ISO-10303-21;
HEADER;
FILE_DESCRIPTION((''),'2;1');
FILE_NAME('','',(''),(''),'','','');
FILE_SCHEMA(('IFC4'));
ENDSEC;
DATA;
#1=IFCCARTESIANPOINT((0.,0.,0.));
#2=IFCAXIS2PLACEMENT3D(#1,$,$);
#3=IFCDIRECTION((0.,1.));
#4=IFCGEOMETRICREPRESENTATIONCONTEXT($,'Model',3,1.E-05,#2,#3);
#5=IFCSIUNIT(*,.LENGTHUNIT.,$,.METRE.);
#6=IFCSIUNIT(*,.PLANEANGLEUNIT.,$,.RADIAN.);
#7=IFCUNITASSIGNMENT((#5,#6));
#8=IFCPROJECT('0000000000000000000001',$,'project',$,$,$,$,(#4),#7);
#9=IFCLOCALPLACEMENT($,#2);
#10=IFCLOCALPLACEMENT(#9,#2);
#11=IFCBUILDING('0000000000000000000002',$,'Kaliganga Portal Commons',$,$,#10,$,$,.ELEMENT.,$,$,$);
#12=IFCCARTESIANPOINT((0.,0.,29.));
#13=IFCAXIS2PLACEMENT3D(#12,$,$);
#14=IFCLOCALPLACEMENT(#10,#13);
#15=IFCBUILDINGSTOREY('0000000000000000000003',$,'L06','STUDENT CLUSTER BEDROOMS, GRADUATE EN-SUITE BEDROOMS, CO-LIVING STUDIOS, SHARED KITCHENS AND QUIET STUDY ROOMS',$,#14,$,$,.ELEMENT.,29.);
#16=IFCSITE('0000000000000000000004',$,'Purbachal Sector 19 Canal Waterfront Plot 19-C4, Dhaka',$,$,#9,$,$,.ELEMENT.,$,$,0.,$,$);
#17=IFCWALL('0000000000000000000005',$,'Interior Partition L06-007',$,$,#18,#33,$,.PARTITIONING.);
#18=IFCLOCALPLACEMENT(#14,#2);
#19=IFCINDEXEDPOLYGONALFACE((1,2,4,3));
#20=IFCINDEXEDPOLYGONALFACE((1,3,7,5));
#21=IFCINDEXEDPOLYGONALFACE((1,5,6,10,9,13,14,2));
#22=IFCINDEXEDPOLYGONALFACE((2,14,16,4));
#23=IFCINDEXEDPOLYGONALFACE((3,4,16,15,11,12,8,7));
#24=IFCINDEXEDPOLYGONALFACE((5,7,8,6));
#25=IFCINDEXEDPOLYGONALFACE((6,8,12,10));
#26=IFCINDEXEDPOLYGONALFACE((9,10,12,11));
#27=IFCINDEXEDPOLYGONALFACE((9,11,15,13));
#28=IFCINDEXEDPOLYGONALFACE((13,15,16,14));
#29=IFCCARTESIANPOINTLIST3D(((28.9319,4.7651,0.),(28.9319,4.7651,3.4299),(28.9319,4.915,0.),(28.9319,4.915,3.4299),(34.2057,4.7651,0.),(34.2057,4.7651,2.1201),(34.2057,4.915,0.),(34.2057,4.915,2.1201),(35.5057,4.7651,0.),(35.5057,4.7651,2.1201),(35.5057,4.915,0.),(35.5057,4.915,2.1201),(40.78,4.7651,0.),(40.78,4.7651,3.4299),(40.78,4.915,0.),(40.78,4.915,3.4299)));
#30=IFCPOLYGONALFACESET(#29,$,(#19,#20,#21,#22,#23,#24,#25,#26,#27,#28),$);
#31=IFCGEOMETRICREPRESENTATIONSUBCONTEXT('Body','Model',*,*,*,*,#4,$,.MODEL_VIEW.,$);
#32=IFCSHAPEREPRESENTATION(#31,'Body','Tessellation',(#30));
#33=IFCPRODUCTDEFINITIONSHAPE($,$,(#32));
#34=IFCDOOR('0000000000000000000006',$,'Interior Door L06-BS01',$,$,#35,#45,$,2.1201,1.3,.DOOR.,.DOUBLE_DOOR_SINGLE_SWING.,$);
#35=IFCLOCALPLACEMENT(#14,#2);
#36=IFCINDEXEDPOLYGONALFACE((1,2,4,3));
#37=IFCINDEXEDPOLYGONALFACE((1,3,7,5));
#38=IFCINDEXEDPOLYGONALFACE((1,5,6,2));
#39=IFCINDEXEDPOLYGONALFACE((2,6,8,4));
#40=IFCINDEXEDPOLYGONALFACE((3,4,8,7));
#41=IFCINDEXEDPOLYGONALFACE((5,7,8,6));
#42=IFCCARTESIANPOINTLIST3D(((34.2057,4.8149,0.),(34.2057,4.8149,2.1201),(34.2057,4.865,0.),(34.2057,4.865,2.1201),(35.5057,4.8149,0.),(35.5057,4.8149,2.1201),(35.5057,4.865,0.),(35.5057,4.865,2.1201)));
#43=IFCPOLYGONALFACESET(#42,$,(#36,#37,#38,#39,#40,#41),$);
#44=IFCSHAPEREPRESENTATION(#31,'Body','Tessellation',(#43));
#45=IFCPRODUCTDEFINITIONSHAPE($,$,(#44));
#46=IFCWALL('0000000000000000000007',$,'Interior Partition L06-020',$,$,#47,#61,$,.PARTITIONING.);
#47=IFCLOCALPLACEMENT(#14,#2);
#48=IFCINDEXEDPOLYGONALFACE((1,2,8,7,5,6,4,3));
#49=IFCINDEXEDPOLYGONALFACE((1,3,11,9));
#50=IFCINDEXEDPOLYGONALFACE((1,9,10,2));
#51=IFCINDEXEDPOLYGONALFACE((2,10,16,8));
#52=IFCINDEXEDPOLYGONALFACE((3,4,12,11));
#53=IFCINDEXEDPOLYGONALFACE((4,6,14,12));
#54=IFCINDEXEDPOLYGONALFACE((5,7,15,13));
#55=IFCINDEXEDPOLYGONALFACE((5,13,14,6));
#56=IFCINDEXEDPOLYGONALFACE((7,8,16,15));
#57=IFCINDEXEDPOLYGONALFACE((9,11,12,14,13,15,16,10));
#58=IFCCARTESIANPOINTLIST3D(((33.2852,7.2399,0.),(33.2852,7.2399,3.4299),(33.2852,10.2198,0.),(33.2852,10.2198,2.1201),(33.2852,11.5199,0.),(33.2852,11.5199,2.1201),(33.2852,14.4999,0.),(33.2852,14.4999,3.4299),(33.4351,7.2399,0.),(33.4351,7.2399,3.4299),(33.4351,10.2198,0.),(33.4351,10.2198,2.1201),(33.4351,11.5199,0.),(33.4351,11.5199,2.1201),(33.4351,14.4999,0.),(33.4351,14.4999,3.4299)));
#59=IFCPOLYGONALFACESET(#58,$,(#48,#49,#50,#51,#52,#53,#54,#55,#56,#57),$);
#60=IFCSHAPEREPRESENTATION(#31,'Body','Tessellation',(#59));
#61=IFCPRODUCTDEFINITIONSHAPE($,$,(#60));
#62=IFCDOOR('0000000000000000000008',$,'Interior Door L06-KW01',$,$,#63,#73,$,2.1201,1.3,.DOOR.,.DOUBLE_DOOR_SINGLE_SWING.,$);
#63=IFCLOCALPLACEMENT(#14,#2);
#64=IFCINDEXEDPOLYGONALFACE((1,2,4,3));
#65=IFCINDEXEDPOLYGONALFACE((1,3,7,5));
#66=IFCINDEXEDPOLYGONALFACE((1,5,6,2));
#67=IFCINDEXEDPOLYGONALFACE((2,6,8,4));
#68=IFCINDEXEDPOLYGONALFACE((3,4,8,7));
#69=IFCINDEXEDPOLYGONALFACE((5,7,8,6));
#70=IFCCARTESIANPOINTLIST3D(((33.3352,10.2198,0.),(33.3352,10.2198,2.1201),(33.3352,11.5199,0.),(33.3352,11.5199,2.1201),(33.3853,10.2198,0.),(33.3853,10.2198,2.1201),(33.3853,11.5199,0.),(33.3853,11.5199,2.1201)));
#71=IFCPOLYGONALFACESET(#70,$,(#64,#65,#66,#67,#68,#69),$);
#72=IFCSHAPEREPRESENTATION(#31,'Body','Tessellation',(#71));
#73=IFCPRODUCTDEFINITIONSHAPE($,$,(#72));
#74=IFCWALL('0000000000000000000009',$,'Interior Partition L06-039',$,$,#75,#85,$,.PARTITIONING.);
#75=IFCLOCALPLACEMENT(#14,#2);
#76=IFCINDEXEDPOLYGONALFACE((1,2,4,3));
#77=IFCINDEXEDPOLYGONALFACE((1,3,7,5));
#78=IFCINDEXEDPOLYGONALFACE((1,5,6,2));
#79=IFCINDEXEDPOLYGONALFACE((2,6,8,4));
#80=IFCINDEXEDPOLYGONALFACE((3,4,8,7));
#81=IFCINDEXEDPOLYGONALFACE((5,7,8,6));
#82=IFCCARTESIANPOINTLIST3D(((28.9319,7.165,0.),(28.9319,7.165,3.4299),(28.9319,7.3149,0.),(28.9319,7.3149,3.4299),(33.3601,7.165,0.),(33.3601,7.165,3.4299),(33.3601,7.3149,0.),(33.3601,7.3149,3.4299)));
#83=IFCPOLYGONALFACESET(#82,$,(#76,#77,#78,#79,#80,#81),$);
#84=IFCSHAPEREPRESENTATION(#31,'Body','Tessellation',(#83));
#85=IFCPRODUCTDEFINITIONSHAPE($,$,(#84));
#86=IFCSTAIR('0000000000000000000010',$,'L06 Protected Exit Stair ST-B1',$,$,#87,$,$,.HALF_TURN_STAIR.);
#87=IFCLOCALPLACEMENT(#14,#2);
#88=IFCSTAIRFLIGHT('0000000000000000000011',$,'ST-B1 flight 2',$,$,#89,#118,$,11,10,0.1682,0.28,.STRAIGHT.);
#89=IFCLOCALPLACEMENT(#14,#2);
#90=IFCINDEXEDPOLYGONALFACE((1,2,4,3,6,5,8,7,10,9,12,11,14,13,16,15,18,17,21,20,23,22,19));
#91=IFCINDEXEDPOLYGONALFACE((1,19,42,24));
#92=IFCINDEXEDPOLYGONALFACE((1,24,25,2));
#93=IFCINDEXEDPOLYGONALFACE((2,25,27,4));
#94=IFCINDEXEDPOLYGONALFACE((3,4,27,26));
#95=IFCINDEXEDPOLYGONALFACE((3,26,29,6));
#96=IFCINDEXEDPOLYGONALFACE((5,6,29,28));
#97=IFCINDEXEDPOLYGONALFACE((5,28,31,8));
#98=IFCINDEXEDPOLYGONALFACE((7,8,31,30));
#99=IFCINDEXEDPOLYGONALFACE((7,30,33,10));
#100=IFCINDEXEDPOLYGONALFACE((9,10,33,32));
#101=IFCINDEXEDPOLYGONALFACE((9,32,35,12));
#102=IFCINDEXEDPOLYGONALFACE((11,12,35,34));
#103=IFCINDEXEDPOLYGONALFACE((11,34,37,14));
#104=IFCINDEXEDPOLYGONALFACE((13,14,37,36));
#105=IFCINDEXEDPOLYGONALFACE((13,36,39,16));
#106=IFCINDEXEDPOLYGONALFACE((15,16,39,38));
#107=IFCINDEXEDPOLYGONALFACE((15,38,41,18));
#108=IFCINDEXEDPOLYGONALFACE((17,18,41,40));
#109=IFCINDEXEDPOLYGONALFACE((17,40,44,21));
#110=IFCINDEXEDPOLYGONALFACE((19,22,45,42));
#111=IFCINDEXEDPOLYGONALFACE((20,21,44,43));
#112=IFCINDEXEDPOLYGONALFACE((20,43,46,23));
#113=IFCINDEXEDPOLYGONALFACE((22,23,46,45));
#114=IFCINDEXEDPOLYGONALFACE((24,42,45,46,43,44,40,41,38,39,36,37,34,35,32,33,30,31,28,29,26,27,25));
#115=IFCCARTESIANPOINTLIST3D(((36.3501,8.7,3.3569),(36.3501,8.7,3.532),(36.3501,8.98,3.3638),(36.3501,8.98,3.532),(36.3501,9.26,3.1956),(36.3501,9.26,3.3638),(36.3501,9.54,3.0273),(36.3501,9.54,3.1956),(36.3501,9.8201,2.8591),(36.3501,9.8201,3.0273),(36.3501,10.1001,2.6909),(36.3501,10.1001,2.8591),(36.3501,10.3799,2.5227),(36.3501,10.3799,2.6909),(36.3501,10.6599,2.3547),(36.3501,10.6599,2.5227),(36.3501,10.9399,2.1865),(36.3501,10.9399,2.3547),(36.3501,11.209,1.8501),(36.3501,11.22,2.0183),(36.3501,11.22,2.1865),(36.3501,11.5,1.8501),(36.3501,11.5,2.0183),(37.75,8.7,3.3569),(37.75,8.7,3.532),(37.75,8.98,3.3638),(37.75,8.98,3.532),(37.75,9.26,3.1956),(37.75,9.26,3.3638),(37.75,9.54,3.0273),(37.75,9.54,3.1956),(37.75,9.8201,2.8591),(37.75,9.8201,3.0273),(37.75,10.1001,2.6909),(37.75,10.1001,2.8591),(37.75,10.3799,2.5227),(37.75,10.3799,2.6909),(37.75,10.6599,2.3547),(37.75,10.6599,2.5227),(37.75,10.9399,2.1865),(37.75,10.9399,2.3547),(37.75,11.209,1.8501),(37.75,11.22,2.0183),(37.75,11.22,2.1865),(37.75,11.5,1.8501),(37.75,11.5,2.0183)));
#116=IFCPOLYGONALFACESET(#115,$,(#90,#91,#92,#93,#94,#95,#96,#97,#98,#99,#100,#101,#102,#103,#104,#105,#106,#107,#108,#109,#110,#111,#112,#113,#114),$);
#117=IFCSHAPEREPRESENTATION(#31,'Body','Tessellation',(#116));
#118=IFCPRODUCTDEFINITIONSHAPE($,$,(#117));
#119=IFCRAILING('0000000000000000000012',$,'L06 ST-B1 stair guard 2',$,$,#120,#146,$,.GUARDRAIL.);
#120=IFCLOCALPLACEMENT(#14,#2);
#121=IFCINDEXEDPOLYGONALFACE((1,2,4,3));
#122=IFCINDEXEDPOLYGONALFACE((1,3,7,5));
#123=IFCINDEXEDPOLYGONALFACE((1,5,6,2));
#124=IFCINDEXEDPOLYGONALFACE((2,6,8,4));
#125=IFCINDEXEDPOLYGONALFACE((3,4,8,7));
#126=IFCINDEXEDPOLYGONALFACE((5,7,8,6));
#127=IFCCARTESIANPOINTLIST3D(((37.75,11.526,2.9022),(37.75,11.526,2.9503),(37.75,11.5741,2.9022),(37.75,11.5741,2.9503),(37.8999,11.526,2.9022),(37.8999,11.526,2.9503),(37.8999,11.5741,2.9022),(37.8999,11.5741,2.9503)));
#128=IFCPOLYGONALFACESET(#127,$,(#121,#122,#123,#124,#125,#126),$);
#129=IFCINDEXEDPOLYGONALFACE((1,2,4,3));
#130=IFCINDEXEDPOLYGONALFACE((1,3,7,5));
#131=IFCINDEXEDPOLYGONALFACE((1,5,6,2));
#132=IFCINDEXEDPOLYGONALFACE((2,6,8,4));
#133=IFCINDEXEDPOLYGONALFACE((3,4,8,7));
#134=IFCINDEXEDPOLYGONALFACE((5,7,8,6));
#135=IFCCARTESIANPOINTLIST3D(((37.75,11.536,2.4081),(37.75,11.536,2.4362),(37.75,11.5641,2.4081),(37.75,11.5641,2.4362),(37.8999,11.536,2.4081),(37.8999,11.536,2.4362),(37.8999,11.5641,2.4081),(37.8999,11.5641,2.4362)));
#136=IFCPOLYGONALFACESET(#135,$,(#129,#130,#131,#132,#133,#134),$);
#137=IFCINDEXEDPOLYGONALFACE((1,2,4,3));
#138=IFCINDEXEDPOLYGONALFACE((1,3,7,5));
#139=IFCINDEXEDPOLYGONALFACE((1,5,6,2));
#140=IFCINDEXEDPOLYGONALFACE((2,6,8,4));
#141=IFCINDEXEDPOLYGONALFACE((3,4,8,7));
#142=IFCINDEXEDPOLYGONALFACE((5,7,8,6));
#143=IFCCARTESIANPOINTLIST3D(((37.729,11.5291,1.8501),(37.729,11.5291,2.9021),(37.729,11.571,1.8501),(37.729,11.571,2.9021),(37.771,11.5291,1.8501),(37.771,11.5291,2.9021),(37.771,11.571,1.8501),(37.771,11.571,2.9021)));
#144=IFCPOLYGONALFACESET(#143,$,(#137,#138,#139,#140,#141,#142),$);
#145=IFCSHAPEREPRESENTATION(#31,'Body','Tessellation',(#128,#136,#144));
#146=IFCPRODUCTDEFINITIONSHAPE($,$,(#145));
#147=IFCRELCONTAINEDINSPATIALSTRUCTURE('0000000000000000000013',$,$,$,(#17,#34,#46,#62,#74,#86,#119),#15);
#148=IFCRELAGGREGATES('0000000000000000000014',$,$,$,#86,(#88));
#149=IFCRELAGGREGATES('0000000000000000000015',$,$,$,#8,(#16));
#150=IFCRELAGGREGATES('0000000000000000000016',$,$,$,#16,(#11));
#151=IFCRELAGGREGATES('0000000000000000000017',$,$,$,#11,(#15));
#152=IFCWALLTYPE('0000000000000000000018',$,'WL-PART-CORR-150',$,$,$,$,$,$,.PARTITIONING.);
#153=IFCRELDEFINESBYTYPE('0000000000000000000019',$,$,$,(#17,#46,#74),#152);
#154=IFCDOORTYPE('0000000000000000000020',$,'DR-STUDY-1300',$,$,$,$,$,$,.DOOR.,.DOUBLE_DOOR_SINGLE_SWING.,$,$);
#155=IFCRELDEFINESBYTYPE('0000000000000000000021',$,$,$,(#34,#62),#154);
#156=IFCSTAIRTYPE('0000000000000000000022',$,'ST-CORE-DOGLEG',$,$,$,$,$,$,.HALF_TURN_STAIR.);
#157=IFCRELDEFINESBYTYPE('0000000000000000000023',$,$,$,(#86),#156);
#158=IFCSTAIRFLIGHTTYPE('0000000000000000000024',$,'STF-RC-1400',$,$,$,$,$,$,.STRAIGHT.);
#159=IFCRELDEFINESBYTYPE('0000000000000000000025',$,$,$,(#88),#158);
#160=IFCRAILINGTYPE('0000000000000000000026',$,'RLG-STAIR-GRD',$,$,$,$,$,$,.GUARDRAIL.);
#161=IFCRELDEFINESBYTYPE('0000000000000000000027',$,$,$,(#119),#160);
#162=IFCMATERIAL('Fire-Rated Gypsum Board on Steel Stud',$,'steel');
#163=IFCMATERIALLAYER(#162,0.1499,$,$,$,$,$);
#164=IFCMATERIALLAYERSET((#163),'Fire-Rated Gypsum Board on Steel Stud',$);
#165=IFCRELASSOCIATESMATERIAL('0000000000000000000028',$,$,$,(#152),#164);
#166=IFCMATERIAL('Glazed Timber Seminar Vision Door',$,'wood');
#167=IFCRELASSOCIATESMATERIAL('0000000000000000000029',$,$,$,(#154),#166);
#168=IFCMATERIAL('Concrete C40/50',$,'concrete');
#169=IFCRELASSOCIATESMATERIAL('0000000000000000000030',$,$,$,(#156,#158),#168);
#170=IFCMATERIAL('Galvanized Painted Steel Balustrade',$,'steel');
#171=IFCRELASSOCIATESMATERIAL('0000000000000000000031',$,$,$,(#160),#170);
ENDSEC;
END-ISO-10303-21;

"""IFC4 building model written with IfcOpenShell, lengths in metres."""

from ifc_helpers import new_model, si_unit, direction, frame, frame_2d, origin, origin_2d, place, context, subcontext, project, spatial, polyline, rectangle, outline, extrude, material, layer, layer_set, type_object, element, fill, aggregate, save


model = new_model("IFC4")

# Units and contexts
model_context = context("Model", 3, precision=1e-05, world=origin(), true_north=direction((0.0, 1.0)))
body_context = subcontext(model_context, "Body", "Model", "MODEL_VIEW")
ifc_project = project(units=[si_unit("LENGTHUNIT", "METRE"), si_unit("PLANEANGLEUNIT", "RADIAN")], contexts=[model_context])

# Site, building, storey
site_placement = place(None, origin())
site = spatial("IfcSite", under=ifc_project, at=site_placement, Name="Purbachal Sector 19 Canal Waterfront Plot 19-C4, Dhaka", CompositionType="ELEMENT", RefElevation=0.0)
building_placement = place(site_placement, origin())
building = spatial("IfcBuilding", under=site, at=building_placement, Name="Kaliganga Portal Commons", CompositionType="ELEMENT")
storey_placement = place(building_placement, frame((0.0, 0.0, 29.0)))
storey = spatial("IfcBuildingStorey", under=building, at=storey_placement, Name="L06", Description="STUDENT CLUSTER BEDROOMS, GRADUATE EN-SUITE BEDROOMS, CO-LIVING STUDIOS, SHARED KITCHENS AND QUIET STUDY ROOMS", CompositionType="ELEMENT", Elevation=29.0)

# Walls, openings, doors
ifc_material_1 = material(Name="Fire-Rated Gypsum Board on Steel Stud", Category="steel")
ifc_layer_1 = layer(ifc_material_1, 0.1499)
ifc_layer_set_1 = layer_set([ifc_layer_1], Name="Fire-Rated Gypsum Board on Steel Stud")
wall_type_1 = type_object("IfcWallType", Name="WL-PART-CORR-150", PredefinedType="PARTITIONING", material=ifc_layer_set_1)
wall_1_placement = place(storey_placement, frame((28.9319, 4.8401, 0.0), z_axis=(0.0, 0.0, 1.0), x_axis=(1.0, 0.0, 0.0)))
wall_1 = element("IfcWall", 1, at=wall_1_placement, inside=storey, type_object=wall_type_1, Name="Interior Partition L06-007", PredefinedType="PARTITIONING", context=body_context, shape_type="SweptSolid", body=[
    extrude(rectangle(XDim=11.8481, YDim=0.1499, at=frame_2d((5.9241, 0.0))), origin(), (0.0, 0.0, 1.0), 3.4299),
])
opening_1_placement = place(wall_1_placement, frame((5.2739, 0.0, 0.0)))
opening_1 = element("IfcOpeningElement", 2, at=opening_1_placement, cuts=wall_1, PredefinedType="OPENING", context=body_context, shape_type="SweptSolid", body=[
    extrude(rectangle(XDim=1.3, YDim=2.1201, at=frame_2d((0.6499, 1.0601))), frame((0.0, 0.085, 0.0), z_axis=(0.0, -1.0, 0.0), x_axis=(1.0, 0.0, 0.0)), (0.0, 0.0, 1.0), 0.1699),
])
ifc_material_2 = material(Name="Glazed Timber Seminar Vision Door", Category="wood")
door_type = type_object("IfcDoorType", Name="DR-STUDY-1300", OperationType="DOUBLE_DOOR_SINGLE_SWING", PredefinedType="DOOR", material=ifc_material_2)
door_1_placement = place(opening_1_placement, origin())
door_1 = element("IfcDoor", 3, at=door_1_placement, inside=storey, type_object=door_type, Name="Interior Door L06-BS01", OperationType="DOUBLE_DOOR_SINGLE_SWING", OverallHeight=2.1201, OverallWidth=1.3, PredefinedType="DOOR", context=body_context, shape_type="SweptSolid", body=[
    extrude(rectangle(XDim=1.3, YDim=2.1201, at=frame_2d((0.6499, 1.0601))), frame((0.0, 0.0249, 0.0), z_axis=(0.0, -1.0, 0.0), x_axis=(1.0, 0.0, 0.0)), (0.0, 0.0, 1.0), 0.05),
])
fill(opening_1, door_1)
wall_2_placement = place(storey_placement, frame((33.3601, 7.24, 0.0), z_axis=(0.0, 0.0, 1.0), x_axis=(0.0, 1.0, 0.0)))
wall_2 = element("IfcWall", 4, at=wall_2_placement, inside=storey, type_object=wall_type_1, Name="Interior Partition L06-020", PredefinedType="PARTITIONING", context=body_context, shape_type="SweptSolid", body=[
    extrude(rectangle(XDim=7.26, YDim=0.1499, at=frame_2d((3.6299, 0.0))), origin(), (0.0, 0.0, 1.0), 3.4299),
])
opening_2_placement = place(wall_2_placement, frame((2.98, 0.0, 0.0)))
opening_2 = element("IfcOpeningElement", 5, at=opening_2_placement, cuts=wall_2, PredefinedType="OPENING", context=body_context, shape_type="SweptSolid", body=[
    extrude(rectangle(XDim=1.3, YDim=2.1201, at=frame_2d((0.6499, 1.0601))), frame((0.0, 0.085, 0.0), z_axis=(0.0, -1.0, 0.0), x_axis=(1.0, 0.0, 0.0)), (0.0, 0.0, 1.0), 0.1699),
])
door_2_placement = place(opening_2_placement, origin())
door_2 = element("IfcDoor", 6, at=door_2_placement, inside=storey, type_object=door_type, Name="Interior Door L06-KW01", OperationType="DOUBLE_DOOR_SINGLE_SWING", OverallHeight=2.1201, OverallWidth=1.3, PredefinedType="DOOR", context=body_context, shape_type="SweptSolid", body=[
    extrude(rectangle(XDim=1.3, YDim=2.1201, at=frame_2d((0.6499, 1.0601))), frame((0.0, 0.0249, 0.0), z_axis=(0.0, -1.0, 0.0), x_axis=(1.0, 0.0, 0.0)), (0.0, 0.0, 1.0), 0.05),
])
fill(opening_2, door_2)

# Wall
wall_3_placement = place(storey_placement, frame((28.9319, 7.24, 0.0), z_axis=(0.0, 0.0, 1.0), x_axis=(1.0, 0.0, 0.0)))
element("IfcWall", 7, at=wall_3_placement, inside=storey, type_object=wall_type_1, Name="Interior Partition L06-039", PredefinedType="PARTITIONING", context=body_context, shape_type="SweptSolid", body=[
    extrude(rectangle(XDim=4.4282, YDim=0.1499, at=frame_2d((2.2141, 0.0))), origin(), (0.0, 0.0, 1.0), 3.4299),
])

# Stair, stair flight
ifc_material_3 = material(Name="Concrete C40/50", Category="concrete")
stair_type = type_object("IfcStairType", Name="ST-CORE-DOGLEG", PredefinedType="HALF_TURN_STAIR", material=ifc_material_3)
stair_placement = place(storey_placement, origin())
stair = element("IfcStair", 8, at=stair_placement, inside=storey, type_object=stair_type, Name="L06 Protected Exit Stair ST-B1", PredefinedType="HALF_TURN_STAIR")
stair_flight_type = type_object("IfcStairFlightType", Name="STF-RC-1400", PredefinedType="STRAIGHT", material=ifc_material_3)
stair_flight_placement = place(storey_placement, frame((37.05, 11.5, 1.8501), z_axis=(0.0, 0.0, 1.0), x_axis=(0.0, -1.0, 0.0)))
stair_flight = element("IfcStairFlight", 9, at=stair_flight_placement, type_object=stair_flight_type, Name="ST-B1 flight 2", NumberOfRisers=11, NumberOfTreads=10, PredefinedType="STRAIGHT", RiserHeight=0.1682, TreadLength=0.28, context=body_context, shape_type="SweptSolid", body=[
    extrude(outline(polyline([(0.0, 0.0), (0.0, 0.1682), (0.28, 0.1682), (0.28, 0.3364), (0.5601, 0.3364), (0.5601, 0.5046), (0.8401, 0.5046), (0.8401, 0.6726), (1.1201, 0.6726), (1.1201, 0.8408), (1.3999, 0.8408), (1.3999, 1.009), (1.6799, 1.009), (1.6799, 1.1772), (1.96, 1.1772), (1.96, 1.3455), (2.24, 1.3455), (2.24, 1.5137), (2.52, 1.5137), (2.52, 1.6819), (2.8, 1.6819), (2.8, 1.8501), (2.8, 1.5068), (0.291, 0.0), (0.0, 0.0)])), frame((0.0, 0.7, 0.0), z_axis=(0.0, -1.0, 0.0), x_axis=(1.0, 0.0, 0.0)), (0.0, 0.0, 1.0), 1.3999),
])
aggregate(stair, [stair_flight])

# Railing
ifc_material_4 = material(Name="Galvanized Painted Steel Balustrade", Category="steel")
railing_type_1 = type_object("IfcRailingType", Name="RLG-STAIR-GRD", PredefinedType="GUARDRAIL", material=ifc_material_4)
railing_1_placement = place(storey_placement, frame((37.8999, 11.55, 1.8501)))
element("IfcRailing", 10, at=railing_1_placement, inside=storey, type_object=railing_type_1, Name="L06 ST-B1 stair guard 2", PredefinedType="GUARDRAIL", context=body_context, shape_type="SweptSolid", body=[
    extrude(rectangle(XDim=0.0481, YDim=0.0481, at=origin_2d()), frame((0.0, 0.0, 1.0762), z_axis=(-1.0, 0.0, 0.0), x_axis=(0.0, -1.0, 0.0)), (0.0, 0.0, 1.0), 0.1499),
    extrude(rectangle(XDim=0.0281, YDim=0.0281, at=origin_2d()), frame((0.0, 0.0, 0.572), z_axis=(-1.0, 0.0, 0.0), x_axis=(0.0, -1.0, 0.0)), (0.0, 0.0, 1.0), 0.1499),
    extrude(rectangle(XDim=0.042, YDim=0.042, at=origin_2d()), frame((-0.1499, 0.0, 0.0)), (0.0, 0.0, 1.0), 1.052),
])

save(model, "model.ifc")
